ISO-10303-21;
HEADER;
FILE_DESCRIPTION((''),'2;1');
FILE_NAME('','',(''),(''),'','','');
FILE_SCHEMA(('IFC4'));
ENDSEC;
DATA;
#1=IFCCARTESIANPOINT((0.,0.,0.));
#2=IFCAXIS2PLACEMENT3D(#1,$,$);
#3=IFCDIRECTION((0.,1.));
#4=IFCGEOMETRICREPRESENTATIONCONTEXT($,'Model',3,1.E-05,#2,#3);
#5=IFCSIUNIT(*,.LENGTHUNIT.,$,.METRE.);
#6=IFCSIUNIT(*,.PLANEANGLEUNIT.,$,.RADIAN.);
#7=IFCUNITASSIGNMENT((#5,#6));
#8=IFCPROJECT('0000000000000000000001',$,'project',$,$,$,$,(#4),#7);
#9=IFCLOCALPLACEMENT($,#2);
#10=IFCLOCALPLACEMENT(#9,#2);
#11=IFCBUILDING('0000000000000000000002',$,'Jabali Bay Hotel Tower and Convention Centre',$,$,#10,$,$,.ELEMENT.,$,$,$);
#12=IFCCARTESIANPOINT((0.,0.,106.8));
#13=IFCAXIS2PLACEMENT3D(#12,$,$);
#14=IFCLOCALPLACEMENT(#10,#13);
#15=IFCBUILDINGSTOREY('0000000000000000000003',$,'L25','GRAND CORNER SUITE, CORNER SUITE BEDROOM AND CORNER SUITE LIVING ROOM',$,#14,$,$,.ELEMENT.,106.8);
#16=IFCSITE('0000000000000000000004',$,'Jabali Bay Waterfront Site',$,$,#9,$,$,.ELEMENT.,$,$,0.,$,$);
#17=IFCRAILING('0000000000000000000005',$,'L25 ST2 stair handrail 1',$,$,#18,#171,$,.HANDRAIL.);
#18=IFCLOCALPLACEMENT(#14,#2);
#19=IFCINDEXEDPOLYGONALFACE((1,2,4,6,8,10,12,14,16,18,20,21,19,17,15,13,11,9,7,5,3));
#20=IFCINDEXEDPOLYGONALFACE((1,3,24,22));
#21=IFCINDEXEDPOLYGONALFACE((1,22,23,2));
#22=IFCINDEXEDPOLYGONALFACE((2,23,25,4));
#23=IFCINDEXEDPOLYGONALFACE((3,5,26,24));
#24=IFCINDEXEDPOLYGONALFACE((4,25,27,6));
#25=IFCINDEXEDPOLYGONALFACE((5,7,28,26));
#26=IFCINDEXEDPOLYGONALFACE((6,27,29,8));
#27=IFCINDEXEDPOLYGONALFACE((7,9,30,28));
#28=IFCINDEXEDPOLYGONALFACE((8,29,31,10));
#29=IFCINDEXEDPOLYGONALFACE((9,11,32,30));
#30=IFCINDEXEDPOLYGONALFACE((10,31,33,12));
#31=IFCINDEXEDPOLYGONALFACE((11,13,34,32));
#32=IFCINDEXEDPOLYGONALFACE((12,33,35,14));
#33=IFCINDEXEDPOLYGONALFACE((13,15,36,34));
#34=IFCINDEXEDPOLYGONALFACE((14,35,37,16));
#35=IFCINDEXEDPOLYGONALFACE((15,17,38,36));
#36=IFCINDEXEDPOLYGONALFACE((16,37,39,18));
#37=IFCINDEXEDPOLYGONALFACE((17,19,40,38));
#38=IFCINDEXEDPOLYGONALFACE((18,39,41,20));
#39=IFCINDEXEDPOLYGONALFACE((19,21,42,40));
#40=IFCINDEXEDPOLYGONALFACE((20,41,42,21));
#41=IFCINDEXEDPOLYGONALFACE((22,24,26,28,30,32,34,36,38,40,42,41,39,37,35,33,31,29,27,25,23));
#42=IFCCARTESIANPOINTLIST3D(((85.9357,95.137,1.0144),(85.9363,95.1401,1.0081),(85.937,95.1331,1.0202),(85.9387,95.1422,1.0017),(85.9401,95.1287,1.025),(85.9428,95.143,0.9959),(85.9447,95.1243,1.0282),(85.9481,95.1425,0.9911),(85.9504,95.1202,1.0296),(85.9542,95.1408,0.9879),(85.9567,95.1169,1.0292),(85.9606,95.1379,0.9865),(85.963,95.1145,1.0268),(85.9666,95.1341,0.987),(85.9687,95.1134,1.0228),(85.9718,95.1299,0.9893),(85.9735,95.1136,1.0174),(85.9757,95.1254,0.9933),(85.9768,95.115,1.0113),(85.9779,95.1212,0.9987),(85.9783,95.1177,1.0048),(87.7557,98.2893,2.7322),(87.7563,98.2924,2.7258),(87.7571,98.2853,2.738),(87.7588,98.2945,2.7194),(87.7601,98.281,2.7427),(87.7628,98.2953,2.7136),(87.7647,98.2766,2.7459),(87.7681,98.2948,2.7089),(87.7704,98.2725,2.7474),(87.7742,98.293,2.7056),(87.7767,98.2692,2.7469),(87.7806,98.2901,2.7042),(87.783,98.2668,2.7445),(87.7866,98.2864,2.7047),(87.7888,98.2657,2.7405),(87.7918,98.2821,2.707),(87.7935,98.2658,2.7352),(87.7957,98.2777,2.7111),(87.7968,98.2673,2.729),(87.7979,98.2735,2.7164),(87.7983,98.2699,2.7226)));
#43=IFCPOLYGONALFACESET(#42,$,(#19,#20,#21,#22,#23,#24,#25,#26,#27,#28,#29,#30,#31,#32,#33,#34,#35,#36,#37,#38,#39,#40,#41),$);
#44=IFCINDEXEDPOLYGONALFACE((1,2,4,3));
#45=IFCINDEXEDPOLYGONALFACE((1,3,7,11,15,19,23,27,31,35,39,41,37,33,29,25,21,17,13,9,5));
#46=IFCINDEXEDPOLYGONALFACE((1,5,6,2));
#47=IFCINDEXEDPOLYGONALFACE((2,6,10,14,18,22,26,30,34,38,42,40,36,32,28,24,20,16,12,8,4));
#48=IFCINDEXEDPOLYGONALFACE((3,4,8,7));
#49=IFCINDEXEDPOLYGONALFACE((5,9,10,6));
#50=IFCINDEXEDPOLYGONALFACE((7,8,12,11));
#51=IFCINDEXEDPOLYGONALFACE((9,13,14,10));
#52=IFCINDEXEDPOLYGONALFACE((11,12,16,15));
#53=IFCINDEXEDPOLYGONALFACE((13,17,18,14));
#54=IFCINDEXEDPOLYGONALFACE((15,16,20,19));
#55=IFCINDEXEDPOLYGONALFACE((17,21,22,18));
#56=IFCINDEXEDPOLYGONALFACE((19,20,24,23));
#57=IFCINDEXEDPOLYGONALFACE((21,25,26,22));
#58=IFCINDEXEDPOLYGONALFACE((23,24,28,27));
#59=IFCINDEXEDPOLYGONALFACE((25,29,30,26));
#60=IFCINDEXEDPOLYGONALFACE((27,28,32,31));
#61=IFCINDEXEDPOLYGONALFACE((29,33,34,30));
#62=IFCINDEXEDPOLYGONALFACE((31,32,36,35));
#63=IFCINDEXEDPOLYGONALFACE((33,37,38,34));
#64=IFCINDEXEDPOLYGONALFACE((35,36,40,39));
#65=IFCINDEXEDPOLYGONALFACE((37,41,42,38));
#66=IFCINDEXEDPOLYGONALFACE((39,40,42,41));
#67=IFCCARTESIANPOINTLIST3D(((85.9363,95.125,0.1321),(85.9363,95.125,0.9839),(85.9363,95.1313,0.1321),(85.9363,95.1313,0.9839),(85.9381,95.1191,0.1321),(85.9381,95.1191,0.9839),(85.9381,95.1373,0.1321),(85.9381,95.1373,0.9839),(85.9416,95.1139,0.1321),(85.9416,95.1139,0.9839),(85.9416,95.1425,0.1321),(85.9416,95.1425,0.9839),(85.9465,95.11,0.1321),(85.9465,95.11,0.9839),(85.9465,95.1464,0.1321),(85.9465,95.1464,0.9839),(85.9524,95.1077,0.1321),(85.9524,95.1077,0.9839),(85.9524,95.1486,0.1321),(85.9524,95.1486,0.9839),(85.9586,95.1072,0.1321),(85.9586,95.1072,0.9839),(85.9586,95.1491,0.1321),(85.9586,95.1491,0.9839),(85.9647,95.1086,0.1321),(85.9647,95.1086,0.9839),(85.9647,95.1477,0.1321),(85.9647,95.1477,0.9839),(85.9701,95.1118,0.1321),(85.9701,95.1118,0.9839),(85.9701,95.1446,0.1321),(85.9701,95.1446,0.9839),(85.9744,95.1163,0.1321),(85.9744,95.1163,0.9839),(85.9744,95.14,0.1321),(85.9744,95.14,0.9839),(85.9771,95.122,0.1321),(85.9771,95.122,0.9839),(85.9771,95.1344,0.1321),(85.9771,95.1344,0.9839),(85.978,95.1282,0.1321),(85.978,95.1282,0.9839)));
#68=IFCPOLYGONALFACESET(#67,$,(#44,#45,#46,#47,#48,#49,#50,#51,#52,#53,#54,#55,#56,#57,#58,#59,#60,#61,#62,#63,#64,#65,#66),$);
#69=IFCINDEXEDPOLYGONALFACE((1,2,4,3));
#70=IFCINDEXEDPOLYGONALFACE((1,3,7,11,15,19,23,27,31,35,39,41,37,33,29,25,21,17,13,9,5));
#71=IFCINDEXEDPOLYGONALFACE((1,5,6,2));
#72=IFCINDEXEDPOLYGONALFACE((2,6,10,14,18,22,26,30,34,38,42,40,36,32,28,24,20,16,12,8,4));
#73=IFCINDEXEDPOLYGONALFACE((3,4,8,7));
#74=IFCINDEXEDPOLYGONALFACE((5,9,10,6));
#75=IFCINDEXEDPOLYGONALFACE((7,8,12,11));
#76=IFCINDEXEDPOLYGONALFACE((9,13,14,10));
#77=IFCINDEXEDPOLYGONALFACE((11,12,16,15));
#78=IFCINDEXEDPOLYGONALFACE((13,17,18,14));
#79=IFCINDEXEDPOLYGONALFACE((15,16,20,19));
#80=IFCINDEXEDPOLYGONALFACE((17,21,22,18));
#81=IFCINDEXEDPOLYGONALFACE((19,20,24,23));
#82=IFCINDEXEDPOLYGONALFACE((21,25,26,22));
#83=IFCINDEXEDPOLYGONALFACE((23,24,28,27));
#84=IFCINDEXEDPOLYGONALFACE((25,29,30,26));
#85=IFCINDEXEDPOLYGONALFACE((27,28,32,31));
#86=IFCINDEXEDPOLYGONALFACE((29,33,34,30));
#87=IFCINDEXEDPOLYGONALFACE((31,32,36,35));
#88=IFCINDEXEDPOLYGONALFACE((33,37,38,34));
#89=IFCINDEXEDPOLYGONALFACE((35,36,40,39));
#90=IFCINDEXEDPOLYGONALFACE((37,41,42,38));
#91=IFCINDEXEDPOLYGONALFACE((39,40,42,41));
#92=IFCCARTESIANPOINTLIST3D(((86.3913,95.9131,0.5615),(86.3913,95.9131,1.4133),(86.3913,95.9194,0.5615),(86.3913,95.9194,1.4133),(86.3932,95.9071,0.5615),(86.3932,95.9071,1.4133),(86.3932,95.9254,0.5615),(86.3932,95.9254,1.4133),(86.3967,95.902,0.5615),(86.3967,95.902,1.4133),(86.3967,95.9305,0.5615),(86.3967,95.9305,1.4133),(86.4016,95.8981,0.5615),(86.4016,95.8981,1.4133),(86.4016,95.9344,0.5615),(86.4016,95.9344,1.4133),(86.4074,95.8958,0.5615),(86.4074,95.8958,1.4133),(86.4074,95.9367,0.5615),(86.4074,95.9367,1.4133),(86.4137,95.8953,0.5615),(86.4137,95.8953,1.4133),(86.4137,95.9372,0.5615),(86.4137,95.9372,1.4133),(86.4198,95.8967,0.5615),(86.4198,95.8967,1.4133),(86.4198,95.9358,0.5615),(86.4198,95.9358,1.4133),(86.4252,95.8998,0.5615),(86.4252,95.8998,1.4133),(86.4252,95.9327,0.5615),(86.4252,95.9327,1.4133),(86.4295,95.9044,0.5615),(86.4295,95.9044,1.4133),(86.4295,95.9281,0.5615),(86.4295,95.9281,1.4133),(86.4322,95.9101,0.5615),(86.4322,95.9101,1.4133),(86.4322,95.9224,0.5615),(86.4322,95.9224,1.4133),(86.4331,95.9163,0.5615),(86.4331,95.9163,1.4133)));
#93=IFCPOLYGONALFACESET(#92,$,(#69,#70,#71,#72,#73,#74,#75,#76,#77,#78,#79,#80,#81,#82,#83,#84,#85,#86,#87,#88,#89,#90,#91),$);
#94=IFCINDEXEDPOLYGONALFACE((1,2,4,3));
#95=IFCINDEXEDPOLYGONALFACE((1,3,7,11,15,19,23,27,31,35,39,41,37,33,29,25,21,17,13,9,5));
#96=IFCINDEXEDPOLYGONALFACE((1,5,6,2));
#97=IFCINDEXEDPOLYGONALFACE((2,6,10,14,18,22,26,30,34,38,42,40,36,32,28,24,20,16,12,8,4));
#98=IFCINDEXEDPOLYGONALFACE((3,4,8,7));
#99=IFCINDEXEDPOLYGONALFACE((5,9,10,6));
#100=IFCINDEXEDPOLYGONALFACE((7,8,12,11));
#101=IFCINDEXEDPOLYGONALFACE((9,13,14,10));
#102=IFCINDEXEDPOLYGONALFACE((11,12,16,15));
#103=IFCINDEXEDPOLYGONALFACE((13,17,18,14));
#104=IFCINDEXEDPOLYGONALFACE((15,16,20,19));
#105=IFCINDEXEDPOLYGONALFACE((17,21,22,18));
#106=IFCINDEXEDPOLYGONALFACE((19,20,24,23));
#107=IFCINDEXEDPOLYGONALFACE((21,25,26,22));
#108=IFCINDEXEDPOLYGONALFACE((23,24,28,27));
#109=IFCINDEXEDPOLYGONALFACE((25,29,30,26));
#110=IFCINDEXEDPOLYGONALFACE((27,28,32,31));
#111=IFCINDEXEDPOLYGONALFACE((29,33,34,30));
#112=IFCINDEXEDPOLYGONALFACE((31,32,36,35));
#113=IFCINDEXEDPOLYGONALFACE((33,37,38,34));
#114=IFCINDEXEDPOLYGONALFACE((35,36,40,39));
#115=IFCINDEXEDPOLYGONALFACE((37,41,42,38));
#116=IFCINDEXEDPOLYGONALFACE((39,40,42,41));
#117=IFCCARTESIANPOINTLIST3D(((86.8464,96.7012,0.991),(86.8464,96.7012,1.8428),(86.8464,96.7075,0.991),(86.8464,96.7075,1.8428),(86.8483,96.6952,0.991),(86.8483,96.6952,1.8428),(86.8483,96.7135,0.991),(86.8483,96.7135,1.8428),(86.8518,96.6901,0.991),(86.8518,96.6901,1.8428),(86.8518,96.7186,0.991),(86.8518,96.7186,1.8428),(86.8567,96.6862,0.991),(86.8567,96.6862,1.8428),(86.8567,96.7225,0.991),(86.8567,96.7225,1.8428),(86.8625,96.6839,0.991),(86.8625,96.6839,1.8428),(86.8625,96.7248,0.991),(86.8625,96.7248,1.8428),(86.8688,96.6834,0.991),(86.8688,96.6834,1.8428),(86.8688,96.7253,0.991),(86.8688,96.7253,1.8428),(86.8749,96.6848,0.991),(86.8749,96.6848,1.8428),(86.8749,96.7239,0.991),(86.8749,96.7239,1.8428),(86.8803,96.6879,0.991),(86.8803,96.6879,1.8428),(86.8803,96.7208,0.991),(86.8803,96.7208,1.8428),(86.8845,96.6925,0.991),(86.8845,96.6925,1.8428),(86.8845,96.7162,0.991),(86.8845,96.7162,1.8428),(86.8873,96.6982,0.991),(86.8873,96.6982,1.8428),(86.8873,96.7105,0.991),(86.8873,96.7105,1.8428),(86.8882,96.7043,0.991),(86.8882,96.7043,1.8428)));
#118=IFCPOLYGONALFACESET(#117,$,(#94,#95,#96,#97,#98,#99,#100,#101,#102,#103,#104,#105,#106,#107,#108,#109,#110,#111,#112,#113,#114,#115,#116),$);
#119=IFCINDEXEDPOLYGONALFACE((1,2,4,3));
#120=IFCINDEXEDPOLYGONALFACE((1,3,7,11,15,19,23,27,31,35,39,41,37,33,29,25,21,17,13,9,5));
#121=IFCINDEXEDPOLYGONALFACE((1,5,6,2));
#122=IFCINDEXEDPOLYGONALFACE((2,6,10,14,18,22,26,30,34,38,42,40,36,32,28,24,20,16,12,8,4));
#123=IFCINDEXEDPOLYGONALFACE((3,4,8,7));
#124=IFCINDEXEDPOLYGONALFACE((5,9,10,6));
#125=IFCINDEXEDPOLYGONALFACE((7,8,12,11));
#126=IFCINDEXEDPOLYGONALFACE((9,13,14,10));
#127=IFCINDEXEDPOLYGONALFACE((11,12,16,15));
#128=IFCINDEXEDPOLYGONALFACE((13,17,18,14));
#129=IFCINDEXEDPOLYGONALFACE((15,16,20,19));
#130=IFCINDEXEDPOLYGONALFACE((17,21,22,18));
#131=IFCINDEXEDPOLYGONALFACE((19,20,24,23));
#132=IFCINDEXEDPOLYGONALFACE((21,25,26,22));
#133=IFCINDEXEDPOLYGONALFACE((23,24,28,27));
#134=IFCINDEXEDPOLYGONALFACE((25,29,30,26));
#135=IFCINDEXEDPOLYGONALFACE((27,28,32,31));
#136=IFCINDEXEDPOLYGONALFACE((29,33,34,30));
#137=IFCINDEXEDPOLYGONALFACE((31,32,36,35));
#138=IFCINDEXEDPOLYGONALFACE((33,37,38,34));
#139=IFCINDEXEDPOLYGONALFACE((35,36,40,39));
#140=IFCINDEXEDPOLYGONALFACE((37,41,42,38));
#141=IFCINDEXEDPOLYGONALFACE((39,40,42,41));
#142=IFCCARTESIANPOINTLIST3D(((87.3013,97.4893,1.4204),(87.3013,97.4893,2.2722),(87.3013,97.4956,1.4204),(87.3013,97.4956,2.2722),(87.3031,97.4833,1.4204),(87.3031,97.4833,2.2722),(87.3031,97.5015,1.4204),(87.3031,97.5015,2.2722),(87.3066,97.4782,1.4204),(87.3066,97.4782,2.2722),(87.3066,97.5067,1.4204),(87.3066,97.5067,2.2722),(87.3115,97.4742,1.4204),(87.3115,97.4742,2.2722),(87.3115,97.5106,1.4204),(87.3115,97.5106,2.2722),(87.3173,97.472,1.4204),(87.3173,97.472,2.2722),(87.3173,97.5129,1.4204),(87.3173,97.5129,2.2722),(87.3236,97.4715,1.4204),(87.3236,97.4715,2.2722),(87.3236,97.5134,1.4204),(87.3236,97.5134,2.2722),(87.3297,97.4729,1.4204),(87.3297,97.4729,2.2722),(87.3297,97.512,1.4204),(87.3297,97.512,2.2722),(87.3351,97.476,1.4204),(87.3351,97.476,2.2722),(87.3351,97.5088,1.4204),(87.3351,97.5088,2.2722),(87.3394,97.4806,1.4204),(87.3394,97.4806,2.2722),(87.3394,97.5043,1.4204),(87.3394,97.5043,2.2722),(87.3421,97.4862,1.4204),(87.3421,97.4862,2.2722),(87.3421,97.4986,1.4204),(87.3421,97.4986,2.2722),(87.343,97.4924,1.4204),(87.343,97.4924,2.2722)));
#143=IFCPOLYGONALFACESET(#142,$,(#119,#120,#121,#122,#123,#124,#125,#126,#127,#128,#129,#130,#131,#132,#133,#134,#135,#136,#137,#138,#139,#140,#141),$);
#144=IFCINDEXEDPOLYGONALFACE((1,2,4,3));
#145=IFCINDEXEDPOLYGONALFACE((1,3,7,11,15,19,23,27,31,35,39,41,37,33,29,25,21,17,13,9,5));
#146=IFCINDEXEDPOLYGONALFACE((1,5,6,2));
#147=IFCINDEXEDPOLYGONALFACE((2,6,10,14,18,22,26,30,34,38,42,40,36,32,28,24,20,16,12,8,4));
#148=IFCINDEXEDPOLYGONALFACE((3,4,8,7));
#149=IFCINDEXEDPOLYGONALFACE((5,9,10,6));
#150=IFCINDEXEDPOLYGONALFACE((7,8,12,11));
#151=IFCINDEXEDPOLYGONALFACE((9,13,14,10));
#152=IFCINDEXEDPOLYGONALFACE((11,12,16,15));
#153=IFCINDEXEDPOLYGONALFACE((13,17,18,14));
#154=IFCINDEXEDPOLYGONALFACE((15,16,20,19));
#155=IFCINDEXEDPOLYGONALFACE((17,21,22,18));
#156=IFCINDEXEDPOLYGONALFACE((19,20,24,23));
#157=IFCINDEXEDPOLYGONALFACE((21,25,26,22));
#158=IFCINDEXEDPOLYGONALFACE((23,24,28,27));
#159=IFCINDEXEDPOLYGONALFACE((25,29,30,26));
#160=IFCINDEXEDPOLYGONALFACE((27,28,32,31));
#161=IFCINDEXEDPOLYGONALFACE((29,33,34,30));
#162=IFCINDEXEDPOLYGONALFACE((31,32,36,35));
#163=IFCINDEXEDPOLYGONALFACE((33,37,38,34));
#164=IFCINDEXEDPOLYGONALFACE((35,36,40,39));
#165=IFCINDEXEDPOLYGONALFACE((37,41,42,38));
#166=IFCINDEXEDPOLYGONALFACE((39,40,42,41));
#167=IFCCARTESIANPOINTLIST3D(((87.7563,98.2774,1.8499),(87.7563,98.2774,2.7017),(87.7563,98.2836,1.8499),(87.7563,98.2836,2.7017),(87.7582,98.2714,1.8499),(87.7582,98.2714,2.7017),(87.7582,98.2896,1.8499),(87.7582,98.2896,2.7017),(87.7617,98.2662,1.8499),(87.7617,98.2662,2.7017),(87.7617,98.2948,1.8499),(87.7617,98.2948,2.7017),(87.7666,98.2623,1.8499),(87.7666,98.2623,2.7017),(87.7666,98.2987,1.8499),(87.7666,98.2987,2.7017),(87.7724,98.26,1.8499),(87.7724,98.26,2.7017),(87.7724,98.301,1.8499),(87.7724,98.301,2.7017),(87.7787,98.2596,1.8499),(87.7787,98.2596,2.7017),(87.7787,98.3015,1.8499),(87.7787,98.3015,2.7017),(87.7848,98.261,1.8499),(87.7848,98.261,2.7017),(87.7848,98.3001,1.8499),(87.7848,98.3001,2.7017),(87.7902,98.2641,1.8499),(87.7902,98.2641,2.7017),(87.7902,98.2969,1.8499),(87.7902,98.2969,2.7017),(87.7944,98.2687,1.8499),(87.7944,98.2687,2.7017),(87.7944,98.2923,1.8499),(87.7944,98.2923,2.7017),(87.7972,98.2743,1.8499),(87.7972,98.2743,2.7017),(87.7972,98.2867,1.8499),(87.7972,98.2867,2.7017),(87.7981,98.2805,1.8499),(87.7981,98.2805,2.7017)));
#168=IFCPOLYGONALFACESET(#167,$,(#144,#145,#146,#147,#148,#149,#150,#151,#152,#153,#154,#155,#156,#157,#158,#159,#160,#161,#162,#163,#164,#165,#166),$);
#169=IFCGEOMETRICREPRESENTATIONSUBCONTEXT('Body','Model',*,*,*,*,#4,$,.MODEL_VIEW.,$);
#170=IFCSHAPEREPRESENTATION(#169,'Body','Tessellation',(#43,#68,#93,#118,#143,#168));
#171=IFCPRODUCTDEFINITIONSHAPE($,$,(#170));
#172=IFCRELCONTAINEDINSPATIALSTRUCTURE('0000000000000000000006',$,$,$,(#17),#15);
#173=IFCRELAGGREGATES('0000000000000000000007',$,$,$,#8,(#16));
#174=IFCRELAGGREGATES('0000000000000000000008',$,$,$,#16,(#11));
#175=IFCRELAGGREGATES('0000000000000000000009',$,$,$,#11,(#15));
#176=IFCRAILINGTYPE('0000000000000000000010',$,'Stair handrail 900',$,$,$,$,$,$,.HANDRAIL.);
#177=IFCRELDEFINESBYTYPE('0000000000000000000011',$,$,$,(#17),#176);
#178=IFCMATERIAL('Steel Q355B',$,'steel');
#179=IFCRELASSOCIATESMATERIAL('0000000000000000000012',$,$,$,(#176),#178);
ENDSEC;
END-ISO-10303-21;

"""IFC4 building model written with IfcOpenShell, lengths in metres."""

from ifc_helpers import new_model, si_unit, direction, frame, origin, origin_2d, place, context, subcontext, project, spatial, circle, extrude, material, type_object, element, save


model = new_model("IFC4")

# Units and contexts
model_context = context("Model", 3, precision=1e-05, world=origin(), true_north=direction((0.0, 1.0)))
body_context = subcontext(model_context, "Body", "Model", "MODEL_VIEW")
ifc_project = project(units=[si_unit("LENGTHUNIT", "METRE"), si_unit("PLANEANGLEUNIT", "RADIAN")], contexts=[model_context])

# Site, building, storey
site_placement = place(None, origin())
site = spatial("IfcSite", under=ifc_project, at=site_placement, Name="Jabali Bay Waterfront Site", CompositionType="ELEMENT", RefElevation=0.0)
building_placement = place(site_placement, origin())
building = spatial("IfcBuilding", under=site, at=building_placement, Name="Jabali Bay Hotel Tower and Convention Centre", CompositionType="ELEMENT")
storey_placement = place(building_placement, frame((0.0, 0.0, 106.8)))
storey = spatial("IfcBuildingStorey", under=building, at=storey_placement, Name="L25", Description="GRAND CORNER SUITE, CORNER SUITE BEDROOM AND CORNER SUITE LIVING ROOM", CompositionType="ELEMENT", Elevation=106.8)

# Railing
ifc_material_1 = material(Name="Steel Q355B", Category="steel")
railing_type_1 = type_object("IfcRailingType", Name="Stair handrail 900", PredefinedType="HANDRAIL", material=ifc_material_1)
railing_1_placement = place(storey_placement, frame((85.957, 95.1282, 0.1321)))
element("IfcRailing", 1, at=railing_1_placement, inside=storey, type_object=railing_type_1, Name="L25 ST2 stair handrail 1", PredefinedType="HANDRAIL", context=body_context, shape_type="SweptSolid", body=[
    extrude(circle(Radius=0.0239, at=origin_2d()), frame((0.0, 0.0, 0.876), z_axis=(0.45219, 0.78319, 0.426775), x_axis=(-0.866018, 0.500013, 0.0)), (0.0, 0.0, 1.0), 4.0249),
    extrude(circle(Radius=0.021, at=origin_2d()), origin(), (0.0, 0.0, 1.0), 0.8518),
    extrude(circle(Radius=0.021, at=origin_2d()), frame((0.4551, 0.7881, 0.4294)), (0.0, 0.0, 1.0), 0.8518),
    extrude(circle(Radius=0.021, at=origin_2d()), frame((0.9102, 1.5762, 0.8589)), (0.0, 0.0, 1.0), 0.8518),
    extrude(circle(Radius=0.021, at=origin_2d()), frame((1.365, 2.3643, 1.2883)), (0.0, 0.0, 1.0), 0.8518),
    extrude(circle(Radius=0.021, at=origin_2d()), frame((1.8201, 3.1523, 1.7178)), (0.0, 0.0, 1.0), 0.8518),
])

save(model, "model.ifc")
